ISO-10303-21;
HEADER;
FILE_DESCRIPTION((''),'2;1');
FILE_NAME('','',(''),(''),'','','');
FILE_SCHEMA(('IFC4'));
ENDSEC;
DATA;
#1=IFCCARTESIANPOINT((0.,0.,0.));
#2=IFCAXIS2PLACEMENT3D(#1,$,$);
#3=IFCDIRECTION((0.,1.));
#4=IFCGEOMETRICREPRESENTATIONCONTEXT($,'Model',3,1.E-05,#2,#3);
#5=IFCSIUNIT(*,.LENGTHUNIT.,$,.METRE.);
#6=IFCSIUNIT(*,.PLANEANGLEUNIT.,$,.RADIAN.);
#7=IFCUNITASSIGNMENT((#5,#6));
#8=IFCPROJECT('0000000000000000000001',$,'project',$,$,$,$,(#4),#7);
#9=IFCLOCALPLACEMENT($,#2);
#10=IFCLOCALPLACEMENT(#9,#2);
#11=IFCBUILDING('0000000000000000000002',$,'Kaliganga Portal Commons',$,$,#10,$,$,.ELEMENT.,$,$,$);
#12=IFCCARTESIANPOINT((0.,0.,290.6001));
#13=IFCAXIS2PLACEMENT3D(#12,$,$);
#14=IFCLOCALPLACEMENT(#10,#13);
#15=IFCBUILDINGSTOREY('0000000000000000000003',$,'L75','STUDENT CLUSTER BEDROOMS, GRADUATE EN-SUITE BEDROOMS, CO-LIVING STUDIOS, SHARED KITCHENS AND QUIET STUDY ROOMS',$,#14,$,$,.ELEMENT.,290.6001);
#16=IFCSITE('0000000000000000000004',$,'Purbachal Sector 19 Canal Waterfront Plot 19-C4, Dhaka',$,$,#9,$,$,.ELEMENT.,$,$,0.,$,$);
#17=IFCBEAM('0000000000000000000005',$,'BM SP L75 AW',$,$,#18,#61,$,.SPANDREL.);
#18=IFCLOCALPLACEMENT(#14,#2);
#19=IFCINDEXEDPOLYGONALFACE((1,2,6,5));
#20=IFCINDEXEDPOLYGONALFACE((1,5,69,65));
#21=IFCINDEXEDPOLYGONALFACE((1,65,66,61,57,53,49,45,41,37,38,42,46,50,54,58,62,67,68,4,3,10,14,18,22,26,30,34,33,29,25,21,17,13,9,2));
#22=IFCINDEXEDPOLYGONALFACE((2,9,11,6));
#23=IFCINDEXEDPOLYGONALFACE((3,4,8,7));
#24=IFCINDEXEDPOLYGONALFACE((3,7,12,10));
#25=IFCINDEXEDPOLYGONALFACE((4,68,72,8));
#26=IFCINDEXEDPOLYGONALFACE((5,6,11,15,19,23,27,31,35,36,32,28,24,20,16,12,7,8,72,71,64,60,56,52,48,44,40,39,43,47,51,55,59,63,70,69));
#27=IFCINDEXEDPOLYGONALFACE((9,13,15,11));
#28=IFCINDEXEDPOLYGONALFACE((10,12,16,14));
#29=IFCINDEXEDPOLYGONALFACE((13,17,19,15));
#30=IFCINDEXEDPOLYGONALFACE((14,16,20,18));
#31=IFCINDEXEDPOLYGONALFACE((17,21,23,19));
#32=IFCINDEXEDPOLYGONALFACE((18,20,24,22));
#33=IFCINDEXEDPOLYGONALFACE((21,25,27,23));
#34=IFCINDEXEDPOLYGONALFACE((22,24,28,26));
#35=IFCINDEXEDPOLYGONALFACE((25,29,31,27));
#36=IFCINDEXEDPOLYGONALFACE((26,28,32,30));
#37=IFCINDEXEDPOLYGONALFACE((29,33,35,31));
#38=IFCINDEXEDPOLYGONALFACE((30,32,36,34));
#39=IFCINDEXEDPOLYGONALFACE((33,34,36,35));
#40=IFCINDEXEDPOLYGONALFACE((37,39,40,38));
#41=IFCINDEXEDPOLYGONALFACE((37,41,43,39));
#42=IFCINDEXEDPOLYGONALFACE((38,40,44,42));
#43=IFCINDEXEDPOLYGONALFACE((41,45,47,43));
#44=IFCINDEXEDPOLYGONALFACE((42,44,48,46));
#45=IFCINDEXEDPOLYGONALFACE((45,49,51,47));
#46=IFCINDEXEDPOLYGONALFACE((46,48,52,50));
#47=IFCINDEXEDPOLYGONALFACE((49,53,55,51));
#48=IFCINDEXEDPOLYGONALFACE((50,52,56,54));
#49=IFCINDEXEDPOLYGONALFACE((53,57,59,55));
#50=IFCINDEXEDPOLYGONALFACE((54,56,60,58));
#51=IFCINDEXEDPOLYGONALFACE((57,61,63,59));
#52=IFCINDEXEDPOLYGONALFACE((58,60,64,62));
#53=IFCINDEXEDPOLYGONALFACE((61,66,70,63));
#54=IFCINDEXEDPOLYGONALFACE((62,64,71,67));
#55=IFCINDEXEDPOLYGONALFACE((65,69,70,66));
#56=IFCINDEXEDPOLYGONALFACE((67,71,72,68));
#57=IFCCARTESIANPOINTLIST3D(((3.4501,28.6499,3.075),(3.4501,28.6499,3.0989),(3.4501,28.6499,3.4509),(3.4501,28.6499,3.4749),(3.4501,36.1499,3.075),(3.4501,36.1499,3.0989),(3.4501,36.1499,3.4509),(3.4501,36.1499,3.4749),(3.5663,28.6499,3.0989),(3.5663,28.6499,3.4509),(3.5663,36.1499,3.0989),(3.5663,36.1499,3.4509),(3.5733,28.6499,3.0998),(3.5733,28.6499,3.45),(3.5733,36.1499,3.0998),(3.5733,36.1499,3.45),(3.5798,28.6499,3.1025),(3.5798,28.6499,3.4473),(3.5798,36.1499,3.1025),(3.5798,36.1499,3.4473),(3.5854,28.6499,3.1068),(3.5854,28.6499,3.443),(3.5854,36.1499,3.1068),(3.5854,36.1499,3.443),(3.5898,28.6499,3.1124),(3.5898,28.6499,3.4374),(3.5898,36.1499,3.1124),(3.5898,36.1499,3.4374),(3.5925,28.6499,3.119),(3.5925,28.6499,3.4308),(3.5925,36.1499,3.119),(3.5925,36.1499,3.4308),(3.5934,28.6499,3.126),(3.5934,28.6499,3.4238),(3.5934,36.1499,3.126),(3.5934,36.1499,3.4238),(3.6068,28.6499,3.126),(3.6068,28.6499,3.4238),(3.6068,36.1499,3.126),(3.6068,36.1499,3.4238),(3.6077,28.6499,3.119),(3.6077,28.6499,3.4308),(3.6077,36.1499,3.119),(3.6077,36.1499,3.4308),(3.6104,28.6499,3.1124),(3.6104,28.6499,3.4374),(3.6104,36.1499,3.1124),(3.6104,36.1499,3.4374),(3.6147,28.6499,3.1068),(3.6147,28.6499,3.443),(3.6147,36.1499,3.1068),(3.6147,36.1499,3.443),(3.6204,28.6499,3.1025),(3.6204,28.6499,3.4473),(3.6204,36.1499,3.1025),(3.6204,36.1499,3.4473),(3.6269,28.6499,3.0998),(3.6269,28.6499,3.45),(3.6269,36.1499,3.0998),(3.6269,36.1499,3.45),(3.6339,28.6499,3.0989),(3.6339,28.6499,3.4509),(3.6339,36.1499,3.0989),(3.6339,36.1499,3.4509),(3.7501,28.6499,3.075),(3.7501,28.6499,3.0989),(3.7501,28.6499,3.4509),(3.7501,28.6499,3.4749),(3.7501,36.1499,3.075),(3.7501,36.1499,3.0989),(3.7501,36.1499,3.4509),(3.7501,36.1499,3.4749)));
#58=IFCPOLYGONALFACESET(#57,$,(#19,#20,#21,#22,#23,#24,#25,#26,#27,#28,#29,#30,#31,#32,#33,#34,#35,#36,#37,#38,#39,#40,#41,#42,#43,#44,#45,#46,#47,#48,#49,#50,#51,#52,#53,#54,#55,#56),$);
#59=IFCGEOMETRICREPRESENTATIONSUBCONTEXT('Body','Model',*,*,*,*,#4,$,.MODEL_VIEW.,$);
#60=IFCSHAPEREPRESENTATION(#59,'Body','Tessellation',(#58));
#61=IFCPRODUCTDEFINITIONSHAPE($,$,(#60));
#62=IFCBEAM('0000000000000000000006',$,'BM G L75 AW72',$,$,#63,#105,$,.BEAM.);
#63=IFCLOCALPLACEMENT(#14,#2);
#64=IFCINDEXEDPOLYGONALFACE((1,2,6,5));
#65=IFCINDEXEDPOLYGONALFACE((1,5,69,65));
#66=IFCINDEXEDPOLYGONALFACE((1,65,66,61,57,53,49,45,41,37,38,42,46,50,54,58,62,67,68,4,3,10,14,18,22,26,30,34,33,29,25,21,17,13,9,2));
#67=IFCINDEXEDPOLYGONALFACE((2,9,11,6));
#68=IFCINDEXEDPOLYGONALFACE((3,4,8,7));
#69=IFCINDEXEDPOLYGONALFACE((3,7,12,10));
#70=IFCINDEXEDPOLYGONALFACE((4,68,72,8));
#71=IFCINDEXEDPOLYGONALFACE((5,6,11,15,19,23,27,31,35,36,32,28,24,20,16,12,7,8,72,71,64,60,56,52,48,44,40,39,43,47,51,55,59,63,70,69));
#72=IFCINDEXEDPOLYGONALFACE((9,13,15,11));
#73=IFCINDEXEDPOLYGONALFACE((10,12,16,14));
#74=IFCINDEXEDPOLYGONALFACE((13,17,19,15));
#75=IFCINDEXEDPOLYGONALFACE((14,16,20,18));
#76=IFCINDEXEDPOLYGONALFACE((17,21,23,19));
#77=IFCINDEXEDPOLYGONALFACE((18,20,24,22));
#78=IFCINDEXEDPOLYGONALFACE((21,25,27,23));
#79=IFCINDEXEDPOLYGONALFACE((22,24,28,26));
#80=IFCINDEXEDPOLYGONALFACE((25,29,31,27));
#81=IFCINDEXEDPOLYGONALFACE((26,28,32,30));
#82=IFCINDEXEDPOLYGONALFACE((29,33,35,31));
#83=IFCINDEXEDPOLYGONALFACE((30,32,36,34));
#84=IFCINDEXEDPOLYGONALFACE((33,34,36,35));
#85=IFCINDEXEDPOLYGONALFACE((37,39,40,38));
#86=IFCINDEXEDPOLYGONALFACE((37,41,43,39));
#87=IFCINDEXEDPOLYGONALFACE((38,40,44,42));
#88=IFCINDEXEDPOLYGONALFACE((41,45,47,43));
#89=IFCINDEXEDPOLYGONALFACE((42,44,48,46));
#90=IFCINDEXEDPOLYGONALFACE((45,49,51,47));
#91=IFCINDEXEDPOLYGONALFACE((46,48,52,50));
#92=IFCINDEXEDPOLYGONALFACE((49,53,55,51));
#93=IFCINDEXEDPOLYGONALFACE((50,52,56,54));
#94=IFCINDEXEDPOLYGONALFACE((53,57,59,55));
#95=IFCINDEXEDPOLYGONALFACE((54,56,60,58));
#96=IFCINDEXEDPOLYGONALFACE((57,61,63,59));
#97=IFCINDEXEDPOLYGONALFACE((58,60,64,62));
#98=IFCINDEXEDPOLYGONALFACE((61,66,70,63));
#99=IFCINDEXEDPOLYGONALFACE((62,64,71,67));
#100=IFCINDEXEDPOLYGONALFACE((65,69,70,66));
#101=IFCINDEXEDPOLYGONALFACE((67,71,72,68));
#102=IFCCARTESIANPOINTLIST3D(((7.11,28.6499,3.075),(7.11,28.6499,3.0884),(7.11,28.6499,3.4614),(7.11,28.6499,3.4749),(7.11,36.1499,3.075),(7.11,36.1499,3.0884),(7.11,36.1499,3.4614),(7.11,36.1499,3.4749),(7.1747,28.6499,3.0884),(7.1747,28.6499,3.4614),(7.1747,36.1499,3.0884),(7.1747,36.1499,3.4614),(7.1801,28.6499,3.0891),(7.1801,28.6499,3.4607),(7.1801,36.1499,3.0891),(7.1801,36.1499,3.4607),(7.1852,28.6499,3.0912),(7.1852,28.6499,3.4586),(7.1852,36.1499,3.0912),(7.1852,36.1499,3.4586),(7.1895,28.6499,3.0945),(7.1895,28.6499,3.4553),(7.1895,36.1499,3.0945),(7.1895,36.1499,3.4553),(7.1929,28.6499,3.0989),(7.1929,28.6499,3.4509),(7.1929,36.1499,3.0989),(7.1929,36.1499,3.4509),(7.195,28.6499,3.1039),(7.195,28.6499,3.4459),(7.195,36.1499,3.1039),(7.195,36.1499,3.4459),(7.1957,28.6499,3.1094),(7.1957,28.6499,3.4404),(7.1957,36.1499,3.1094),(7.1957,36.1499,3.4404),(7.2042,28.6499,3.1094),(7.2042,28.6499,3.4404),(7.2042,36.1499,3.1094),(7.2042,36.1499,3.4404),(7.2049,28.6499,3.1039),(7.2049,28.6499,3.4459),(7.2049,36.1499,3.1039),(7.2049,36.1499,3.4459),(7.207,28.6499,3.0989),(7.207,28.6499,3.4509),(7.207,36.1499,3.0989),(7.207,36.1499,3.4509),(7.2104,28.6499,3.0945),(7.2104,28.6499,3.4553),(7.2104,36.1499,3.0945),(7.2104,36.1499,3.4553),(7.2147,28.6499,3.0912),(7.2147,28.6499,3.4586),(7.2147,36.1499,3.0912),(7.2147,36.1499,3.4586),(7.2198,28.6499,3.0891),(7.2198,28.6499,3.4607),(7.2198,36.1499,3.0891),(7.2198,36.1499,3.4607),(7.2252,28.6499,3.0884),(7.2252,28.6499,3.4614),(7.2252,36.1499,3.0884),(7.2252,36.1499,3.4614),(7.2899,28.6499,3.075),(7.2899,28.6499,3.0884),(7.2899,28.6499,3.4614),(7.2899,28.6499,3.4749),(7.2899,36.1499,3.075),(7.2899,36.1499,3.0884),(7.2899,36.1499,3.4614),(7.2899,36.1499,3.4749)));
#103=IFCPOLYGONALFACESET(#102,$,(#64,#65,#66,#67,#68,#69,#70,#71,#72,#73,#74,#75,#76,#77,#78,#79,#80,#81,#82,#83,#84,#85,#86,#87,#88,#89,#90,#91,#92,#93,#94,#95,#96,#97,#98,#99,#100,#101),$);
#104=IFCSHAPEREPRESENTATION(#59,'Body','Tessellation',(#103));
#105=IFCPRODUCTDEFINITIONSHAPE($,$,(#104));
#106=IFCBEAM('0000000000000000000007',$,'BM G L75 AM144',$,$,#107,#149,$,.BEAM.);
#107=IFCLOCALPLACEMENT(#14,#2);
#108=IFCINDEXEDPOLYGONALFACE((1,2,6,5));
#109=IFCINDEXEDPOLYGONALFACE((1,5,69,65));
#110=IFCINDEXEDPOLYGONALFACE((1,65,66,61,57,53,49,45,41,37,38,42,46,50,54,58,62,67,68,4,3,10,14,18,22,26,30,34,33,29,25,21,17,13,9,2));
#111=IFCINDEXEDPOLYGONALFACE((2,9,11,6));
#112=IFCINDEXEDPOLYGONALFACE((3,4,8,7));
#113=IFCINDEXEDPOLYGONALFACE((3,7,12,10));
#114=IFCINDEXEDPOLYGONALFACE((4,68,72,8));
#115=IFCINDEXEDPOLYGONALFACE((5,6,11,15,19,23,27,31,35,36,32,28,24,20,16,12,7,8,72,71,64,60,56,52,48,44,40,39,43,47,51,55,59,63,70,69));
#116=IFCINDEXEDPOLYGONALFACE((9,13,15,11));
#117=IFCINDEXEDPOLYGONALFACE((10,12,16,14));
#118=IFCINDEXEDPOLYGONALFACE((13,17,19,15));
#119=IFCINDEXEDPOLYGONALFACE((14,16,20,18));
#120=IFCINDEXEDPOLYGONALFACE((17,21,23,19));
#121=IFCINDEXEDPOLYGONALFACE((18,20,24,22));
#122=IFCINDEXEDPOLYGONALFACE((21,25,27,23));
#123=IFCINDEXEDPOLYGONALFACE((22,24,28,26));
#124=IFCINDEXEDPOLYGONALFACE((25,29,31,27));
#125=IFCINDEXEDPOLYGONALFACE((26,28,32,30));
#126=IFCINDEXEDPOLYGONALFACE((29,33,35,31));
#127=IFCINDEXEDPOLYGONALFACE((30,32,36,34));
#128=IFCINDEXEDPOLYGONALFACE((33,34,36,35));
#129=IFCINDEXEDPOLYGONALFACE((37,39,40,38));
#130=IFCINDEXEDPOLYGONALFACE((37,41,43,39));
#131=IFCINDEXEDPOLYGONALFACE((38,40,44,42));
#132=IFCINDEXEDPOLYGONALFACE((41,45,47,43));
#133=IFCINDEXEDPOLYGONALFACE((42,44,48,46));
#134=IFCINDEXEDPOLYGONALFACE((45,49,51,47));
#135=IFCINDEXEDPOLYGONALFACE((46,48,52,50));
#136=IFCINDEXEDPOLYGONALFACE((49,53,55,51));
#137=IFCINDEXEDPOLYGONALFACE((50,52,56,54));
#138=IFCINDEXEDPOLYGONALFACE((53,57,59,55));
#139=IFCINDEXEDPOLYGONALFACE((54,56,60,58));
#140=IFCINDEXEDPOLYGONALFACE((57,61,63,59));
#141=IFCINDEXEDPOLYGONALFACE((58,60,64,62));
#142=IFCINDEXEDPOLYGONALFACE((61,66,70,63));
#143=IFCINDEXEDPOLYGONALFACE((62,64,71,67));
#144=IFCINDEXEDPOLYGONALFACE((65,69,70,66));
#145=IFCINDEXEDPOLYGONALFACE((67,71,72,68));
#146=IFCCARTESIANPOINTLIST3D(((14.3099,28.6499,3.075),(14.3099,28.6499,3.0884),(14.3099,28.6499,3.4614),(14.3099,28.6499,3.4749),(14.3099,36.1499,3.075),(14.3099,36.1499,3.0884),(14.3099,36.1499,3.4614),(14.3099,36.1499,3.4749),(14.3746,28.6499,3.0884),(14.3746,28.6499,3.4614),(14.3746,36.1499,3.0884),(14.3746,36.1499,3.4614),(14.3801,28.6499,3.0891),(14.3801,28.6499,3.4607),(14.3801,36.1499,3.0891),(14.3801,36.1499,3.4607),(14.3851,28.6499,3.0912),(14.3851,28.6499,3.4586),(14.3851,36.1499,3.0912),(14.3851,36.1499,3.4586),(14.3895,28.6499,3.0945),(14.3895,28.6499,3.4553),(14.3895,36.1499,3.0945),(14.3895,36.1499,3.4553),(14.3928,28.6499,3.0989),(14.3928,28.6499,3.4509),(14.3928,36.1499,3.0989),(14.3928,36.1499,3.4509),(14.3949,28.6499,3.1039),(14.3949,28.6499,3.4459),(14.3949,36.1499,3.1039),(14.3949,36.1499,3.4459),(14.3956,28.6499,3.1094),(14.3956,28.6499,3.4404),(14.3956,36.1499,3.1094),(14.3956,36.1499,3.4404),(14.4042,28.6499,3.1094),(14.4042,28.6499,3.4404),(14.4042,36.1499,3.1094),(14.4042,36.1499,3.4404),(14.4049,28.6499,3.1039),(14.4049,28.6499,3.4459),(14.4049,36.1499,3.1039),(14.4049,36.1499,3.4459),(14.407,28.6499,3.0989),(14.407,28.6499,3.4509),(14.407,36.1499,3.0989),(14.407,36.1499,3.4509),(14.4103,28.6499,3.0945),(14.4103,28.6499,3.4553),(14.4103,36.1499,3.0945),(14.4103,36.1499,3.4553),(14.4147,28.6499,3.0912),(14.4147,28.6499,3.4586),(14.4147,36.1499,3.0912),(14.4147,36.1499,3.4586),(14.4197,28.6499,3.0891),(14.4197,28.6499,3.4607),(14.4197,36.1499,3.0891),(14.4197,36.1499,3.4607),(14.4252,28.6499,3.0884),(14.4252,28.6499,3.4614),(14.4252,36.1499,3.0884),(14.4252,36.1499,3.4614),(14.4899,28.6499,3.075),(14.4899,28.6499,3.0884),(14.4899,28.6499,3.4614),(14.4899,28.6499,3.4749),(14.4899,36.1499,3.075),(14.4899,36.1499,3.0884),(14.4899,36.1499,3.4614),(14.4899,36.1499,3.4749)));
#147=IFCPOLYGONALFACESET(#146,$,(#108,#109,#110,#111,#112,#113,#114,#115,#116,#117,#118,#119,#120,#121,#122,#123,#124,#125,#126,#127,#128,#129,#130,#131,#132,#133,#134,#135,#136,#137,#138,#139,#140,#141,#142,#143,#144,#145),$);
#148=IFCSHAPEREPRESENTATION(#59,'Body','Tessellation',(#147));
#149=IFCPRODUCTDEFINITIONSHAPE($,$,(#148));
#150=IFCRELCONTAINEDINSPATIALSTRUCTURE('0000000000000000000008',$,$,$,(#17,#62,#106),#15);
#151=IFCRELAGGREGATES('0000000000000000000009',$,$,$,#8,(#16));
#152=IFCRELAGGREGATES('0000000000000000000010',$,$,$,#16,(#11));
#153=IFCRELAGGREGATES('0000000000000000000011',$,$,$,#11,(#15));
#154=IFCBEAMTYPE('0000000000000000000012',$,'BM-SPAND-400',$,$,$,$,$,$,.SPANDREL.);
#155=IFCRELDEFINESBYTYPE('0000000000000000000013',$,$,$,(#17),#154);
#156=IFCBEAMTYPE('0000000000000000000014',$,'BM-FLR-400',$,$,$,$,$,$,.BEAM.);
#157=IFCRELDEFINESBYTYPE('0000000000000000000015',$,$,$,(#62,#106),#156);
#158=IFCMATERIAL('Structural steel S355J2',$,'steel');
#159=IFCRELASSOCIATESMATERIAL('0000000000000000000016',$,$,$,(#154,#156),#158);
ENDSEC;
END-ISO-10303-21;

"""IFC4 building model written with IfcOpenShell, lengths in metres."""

from ifc_helpers import new_model, si_unit, direction, frame, origin, origin_2d, place, context, subcontext, project, spatial, i_section, extrude, source, transform, mapped, material, material_profile, profile_set, type_object, element, save


model = new_model("IFC4")

# Units and contexts
model_context = context("Model", 3, precision=1e-05, world=origin(), true_north=direction((0.0, 1.0)))
body_context = subcontext(model_context, "Body", "Model", "MODEL_VIEW")
ifc_project = project(units=[si_unit("LENGTHUNIT", "METRE"), si_unit("PLANEANGLEUNIT", "RADIAN")], contexts=[model_context])

# Site, building, storey
site_placement = place(None, origin())
site = spatial("IfcSite", under=ifc_project, at=site_placement, Name="Purbachal Sector 19 Canal Waterfront Plot 19-C4, Dhaka", CompositionType="ELEMENT", RefElevation=0.0)
building_placement = place(site_placement, origin())
building = spatial("IfcBuilding", under=site, at=building_placement, Name="Kaliganga Portal Commons", CompositionType="ELEMENT")
storey_placement = place(building_placement, frame((0.0, 0.0, 290.6001)))
storey = spatial("IfcBuildingStorey", under=building, at=storey_placement, Name="L75", Description="STUDENT CLUSTER BEDROOMS, GRADUATE EN-SUITE BEDROOMS, CO-LIVING STUDIOS, SHARED KITCHENS AND QUIET STUDY ROOMS", CompositionType="ELEMENT", Elevation=290.6001)

# Shared definitions
ifc_material_1 = material(Name="Structural steel S355J2", Category="steel")

# Beams
ifc_material_profile_1 = material_profile(ifc_material_1, i_section(OverallWidth=0.3, OverallDepth=0.3999, WebThickness=0.0134, FlangeThickness=0.0239, FilletRadius=0.0271, at=origin_2d()), Name="HE 400 B")
ifc_profile_set_1 = profile_set([ifc_material_profile_1], Name="Structural steel S355J2 wide-flange")
beam_type_1 = type_object("IfcBeamType", Name="BM-SPAND-400", PredefinedType="SPANDREL", material=ifc_profile_set_1)
shared_shape_1 = source(origin(), body_context, "Body", "SweptSolid", [
    extrude(i_section(OverallWidth=0.3, OverallDepth=0.3999, WebThickness=0.0134, FlangeThickness=0.0239, FilletRadius=0.0271, at=origin_2d()), origin(), (0.0, 0.0, 1.0), 7.5),
])
beam_1_placement = place(storey_placement, frame((3.6001, 28.6499, 3.2749), z_axis=(0.0, 1.0, 0.0), x_axis=(-1.0, 0.0, 0.0)))
element("IfcBeam", 1, at=beam_1_placement, inside=storey, type_object=beam_type_1, Name="BM SP L75 AW", PredefinedType="SPANDREL", context=body_context, shape_type="MappedRepresentation", body=[
    mapped(shared_shape_1, transform((0.0, 0.0, 0.0), x_axis=(1.0, 0.0, 0.0), y_axis=(0.0, 1.0, 0.0), z_axis=(0.0, 0.0, 1.0), scale=1.0)),
])
ifc_material_profile_2 = material_profile(ifc_material_1, i_section(OverallWidth=0.1799, OverallDepth=0.3999, WebThickness=0.0085, FlangeThickness=0.0134, FilletRadius=0.021, at=origin_2d()), Name="IPE 400")
ifc_profile_set_2 = profile_set([ifc_material_profile_2], Name="Structural steel S355J2 wide-flange")
beam_type_2 = type_object("IfcBeamType", Name="BM-FLR-400", PredefinedType="BEAM", material=ifc_profile_set_2)
shared_shape_2 = source(origin(), body_context, "Body", "SweptSolid", [
    extrude(i_section(OverallWidth=0.1799, OverallDepth=0.3999, WebThickness=0.0085, FlangeThickness=0.0134, FilletRadius=0.021, at=origin_2d()), origin(), (0.0, 0.0, 1.0), 7.5),
])
for number, where, z_axis, x_axis, name in (
    (2, (7.2, 28.6499, 3.2749), (0.0, 1.0, 0.0), (-1.0, 0.0, 0.0), "BM G L75 AW72"),
    (3, (14.3999, 28.6499, 3.2749), (0.0, 1.0, 0.0), (-1.0, 0.0, 0.0), "BM G L75 AM144"),
):
    element("IfcBeam", number, at=place(storey_placement, frame(where, z_axis=z_axis, x_axis=x_axis)), inside=storey, type_object=beam_type_2, Name=name, PredefinedType="BEAM", context=body_context, shape_type="MappedRepresentation", body=[
        mapped(shared_shape_2, transform((0.0, 0.0, 0.0), x_axis=(1.0, 0.0, 0.0), y_axis=(0.0, 1.0, 0.0), z_axis=(0.0, 0.0, 1.0), scale=1.0)),
    ])

save(model, "model.ifc")
